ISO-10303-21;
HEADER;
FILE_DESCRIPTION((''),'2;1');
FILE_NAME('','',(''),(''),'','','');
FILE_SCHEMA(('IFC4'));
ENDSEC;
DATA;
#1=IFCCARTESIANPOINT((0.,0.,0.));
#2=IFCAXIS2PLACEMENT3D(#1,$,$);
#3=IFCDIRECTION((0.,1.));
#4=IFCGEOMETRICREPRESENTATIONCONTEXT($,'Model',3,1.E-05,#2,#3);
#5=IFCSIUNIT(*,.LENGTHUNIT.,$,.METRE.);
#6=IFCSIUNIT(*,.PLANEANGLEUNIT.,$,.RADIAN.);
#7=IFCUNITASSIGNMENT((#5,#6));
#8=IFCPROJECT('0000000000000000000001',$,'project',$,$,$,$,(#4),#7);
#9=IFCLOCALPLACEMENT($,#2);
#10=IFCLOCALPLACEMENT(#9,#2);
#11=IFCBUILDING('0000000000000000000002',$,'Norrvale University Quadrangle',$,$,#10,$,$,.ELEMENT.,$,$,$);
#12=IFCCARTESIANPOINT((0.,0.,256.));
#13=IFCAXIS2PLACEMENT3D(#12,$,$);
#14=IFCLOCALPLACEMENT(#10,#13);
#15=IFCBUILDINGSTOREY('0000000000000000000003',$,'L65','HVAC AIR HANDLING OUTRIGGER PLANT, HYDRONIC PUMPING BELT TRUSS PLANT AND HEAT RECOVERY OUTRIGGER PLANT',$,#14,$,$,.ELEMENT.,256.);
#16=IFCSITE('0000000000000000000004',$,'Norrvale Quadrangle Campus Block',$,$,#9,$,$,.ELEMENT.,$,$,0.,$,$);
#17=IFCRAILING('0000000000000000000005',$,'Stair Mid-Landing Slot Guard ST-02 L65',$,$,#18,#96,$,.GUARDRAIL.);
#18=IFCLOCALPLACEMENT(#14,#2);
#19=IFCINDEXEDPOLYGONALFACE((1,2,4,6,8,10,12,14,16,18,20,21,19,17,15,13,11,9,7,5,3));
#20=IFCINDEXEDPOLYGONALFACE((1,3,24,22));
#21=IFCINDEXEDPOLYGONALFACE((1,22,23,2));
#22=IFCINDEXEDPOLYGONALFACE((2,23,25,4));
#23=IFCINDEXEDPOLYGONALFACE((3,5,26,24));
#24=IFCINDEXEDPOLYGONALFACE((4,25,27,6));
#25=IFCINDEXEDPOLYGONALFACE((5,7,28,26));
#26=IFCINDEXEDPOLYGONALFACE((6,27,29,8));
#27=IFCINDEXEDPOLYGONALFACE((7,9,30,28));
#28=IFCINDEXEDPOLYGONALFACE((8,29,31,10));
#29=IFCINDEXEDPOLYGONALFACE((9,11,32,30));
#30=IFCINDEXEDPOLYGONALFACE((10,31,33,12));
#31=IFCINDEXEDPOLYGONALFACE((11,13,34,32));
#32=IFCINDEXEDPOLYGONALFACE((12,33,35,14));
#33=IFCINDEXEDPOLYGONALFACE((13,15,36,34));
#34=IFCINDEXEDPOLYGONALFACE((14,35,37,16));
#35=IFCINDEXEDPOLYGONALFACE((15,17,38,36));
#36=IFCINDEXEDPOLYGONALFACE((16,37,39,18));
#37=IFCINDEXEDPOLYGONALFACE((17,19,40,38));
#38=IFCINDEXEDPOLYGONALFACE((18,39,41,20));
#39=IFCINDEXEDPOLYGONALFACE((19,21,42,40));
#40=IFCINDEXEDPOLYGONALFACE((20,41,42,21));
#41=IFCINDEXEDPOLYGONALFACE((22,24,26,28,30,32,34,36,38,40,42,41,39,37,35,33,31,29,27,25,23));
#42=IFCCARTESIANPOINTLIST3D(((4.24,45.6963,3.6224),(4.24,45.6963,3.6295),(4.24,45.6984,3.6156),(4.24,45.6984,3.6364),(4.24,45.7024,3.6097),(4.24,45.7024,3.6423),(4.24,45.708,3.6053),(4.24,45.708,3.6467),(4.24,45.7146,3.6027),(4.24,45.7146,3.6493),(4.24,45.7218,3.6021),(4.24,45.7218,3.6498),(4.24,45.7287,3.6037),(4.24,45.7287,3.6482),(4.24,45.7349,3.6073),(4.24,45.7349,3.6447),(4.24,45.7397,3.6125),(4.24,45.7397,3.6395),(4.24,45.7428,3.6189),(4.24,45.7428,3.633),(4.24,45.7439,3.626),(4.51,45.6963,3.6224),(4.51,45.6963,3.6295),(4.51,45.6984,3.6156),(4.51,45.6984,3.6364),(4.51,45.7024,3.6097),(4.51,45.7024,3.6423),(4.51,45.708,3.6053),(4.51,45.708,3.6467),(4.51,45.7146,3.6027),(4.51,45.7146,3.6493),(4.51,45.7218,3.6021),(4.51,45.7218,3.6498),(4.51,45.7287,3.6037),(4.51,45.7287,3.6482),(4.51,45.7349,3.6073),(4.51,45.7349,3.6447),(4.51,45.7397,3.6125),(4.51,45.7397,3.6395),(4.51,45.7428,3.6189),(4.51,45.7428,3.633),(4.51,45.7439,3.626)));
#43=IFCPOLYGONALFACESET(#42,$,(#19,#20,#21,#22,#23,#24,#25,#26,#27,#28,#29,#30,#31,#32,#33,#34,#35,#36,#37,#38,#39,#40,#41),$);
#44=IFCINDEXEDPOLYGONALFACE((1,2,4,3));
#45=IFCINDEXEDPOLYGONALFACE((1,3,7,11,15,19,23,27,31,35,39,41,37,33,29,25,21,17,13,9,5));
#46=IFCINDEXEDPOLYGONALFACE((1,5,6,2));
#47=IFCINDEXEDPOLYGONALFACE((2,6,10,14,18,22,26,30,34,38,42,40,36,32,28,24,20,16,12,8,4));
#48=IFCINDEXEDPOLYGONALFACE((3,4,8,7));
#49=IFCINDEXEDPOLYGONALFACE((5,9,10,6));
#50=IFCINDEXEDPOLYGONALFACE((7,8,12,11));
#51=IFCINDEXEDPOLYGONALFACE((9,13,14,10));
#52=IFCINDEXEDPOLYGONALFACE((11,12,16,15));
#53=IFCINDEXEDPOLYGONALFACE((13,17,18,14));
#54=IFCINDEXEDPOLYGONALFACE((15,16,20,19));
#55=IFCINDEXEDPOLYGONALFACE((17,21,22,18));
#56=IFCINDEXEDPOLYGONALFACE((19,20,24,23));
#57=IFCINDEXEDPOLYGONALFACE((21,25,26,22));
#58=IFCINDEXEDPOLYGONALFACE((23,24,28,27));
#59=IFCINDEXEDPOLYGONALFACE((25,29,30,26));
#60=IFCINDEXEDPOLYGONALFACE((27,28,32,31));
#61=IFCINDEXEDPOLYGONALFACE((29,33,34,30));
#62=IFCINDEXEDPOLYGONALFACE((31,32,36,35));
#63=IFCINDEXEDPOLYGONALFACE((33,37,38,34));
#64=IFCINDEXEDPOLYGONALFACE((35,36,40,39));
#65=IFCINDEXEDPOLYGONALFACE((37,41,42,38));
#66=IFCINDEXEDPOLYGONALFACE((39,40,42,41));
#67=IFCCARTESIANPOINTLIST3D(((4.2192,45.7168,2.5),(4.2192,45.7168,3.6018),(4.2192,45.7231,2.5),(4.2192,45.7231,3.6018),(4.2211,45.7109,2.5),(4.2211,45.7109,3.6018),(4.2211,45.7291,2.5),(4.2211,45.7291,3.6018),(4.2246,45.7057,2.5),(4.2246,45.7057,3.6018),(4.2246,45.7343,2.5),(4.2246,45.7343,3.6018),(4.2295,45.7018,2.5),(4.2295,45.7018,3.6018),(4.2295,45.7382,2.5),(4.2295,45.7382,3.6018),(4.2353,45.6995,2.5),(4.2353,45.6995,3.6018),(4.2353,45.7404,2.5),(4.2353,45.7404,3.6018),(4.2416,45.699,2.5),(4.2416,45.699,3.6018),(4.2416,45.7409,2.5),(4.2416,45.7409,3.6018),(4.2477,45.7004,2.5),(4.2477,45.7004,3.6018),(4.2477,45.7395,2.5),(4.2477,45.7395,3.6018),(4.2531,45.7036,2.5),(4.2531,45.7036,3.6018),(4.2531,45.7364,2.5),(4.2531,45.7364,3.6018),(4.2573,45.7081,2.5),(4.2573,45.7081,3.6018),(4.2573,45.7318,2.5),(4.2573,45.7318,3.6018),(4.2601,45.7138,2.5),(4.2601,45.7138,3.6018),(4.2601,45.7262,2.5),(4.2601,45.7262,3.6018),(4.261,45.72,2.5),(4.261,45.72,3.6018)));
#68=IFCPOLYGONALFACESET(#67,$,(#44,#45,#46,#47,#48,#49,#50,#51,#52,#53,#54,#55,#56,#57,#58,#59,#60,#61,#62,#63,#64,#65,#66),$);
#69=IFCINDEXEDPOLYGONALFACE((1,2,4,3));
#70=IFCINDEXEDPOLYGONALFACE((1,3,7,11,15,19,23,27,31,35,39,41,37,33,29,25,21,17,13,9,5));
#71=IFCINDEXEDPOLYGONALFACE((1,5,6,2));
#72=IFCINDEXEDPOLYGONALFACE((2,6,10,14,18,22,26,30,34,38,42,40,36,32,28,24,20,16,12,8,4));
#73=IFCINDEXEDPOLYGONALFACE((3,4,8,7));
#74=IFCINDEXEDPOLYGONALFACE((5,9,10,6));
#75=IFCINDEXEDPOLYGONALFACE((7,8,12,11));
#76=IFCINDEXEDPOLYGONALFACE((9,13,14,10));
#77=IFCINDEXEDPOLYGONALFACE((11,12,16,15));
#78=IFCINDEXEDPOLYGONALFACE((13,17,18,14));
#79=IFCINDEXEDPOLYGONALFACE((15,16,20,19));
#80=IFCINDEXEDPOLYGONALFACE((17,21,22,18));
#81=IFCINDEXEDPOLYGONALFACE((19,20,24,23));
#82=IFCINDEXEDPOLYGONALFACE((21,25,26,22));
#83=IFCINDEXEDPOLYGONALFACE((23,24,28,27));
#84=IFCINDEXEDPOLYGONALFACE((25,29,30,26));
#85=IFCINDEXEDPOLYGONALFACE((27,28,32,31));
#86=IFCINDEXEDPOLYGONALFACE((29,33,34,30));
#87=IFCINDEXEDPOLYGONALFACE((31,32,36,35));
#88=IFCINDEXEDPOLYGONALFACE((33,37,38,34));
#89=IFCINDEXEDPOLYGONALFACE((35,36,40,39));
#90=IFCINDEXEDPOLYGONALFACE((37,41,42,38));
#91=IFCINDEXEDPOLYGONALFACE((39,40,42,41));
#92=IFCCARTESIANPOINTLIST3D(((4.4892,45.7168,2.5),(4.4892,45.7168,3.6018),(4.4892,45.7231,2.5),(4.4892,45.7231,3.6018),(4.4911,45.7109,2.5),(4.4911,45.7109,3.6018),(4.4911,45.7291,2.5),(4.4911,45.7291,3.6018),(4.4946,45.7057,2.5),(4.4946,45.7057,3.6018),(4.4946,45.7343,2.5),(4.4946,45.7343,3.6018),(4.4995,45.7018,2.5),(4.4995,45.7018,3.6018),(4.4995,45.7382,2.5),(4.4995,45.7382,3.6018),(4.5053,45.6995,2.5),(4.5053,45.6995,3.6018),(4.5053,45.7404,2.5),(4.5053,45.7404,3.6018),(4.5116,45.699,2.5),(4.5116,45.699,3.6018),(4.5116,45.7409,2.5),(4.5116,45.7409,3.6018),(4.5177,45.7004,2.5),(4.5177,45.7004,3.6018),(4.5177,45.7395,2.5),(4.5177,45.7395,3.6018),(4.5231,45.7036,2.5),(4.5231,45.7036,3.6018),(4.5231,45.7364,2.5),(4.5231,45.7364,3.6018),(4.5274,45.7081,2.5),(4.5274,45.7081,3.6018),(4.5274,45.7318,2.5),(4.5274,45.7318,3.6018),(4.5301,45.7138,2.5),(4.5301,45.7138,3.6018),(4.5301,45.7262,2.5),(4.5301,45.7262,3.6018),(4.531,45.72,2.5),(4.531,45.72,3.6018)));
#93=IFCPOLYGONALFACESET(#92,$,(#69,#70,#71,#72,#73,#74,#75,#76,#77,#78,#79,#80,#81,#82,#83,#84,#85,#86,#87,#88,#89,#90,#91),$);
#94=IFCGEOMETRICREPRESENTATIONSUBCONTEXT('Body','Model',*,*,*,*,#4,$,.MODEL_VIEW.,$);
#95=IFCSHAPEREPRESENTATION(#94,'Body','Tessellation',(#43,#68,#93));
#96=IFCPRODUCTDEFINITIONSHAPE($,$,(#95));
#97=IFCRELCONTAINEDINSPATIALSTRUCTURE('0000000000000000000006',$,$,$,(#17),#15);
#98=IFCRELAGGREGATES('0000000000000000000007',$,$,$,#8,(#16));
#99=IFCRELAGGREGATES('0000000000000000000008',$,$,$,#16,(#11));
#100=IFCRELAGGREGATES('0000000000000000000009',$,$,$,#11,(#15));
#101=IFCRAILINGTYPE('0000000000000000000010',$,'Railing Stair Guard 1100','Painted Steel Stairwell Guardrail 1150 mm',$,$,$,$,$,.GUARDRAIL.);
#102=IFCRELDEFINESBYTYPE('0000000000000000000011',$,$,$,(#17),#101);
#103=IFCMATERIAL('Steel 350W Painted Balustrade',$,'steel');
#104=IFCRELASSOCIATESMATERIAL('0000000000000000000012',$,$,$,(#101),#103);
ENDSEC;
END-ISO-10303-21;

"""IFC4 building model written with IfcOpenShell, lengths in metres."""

from ifc_helpers import new_model, si_unit, direction, frame, origin, origin_2d, place, context, subcontext, project, spatial, circle, extrude, material, type_object, element, save


model = new_model("IFC4")

# Units and contexts
model_context = context("Model", 3, precision=1e-05, world=origin(), true_north=direction((0.0, 1.0)))
body_context = subcontext(model_context, "Body", "Model", "MODEL_VIEW")
ifc_project = project(units=[si_unit("LENGTHUNIT", "METRE"), si_unit("PLANEANGLEUNIT", "RADIAN")], contexts=[model_context])

# Site, building, storey
site_placement = place(None, origin())
site = spatial("IfcSite", under=ifc_project, at=site_placement, Name="Norrvale Quadrangle Campus Block", CompositionType="ELEMENT", RefElevation=0.0)
building_placement = place(site_placement, origin())
building = spatial("IfcBuilding", under=site, at=building_placement, Name="Norrvale University Quadrangle", CompositionType="ELEMENT")
storey_placement = place(building_placement, frame((0.0, 0.0, 256.0)))
storey = spatial("IfcBuildingStorey", under=building, at=storey_placement, Name="L65", Description="HVAC AIR HANDLING OUTRIGGER PLANT, HYDRONIC PUMPING BELT TRUSS PLANT AND HEAT RECOVERY OUTRIGGER PLANT", CompositionType="ELEMENT", Elevation=256.0)

# Railing
ifc_material_1 = material(Name="Steel 350W Painted Balustrade", Category="steel")
railing_type_1 = type_object("IfcRailingType", Name="Railing Stair Guard 1100", Description="Painted Steel Stairwell Guardrail 1150 mm", PredefinedType="GUARDRAIL", material=ifc_material_1)
railing_1_placement = place(storey_placement, frame((4.24, 45.72, 2.5)))
element("IfcRailing", 1, at=railing_1_placement, inside=storey, type_object=railing_type_1, Name="Stair Mid-Landing Slot Guard ST-02 L65", PredefinedType="GUARDRAIL", context=body_context, shape_type="SweptSolid", body=[
    extrude(circle(Radius=0.0239, at=origin_2d()), frame((0.0, 0.0, 1.126), z_axis=(1.0, 0.0, 0.0), x_axis=(0.0, 1.0, 0.0)), (0.0, 0.0, 1.0), 0.27),
    extrude(circle(Radius=0.021, at=origin_2d()), origin(), (0.0, 0.0, 1.0), 1.1018),
    extrude(circle(Radius=0.021, at=origin_2d()), frame((0.27, 0.0, 0.0)), (0.0, 0.0, 1.0), 1.1018),
])

save(model, "model.ifc")
